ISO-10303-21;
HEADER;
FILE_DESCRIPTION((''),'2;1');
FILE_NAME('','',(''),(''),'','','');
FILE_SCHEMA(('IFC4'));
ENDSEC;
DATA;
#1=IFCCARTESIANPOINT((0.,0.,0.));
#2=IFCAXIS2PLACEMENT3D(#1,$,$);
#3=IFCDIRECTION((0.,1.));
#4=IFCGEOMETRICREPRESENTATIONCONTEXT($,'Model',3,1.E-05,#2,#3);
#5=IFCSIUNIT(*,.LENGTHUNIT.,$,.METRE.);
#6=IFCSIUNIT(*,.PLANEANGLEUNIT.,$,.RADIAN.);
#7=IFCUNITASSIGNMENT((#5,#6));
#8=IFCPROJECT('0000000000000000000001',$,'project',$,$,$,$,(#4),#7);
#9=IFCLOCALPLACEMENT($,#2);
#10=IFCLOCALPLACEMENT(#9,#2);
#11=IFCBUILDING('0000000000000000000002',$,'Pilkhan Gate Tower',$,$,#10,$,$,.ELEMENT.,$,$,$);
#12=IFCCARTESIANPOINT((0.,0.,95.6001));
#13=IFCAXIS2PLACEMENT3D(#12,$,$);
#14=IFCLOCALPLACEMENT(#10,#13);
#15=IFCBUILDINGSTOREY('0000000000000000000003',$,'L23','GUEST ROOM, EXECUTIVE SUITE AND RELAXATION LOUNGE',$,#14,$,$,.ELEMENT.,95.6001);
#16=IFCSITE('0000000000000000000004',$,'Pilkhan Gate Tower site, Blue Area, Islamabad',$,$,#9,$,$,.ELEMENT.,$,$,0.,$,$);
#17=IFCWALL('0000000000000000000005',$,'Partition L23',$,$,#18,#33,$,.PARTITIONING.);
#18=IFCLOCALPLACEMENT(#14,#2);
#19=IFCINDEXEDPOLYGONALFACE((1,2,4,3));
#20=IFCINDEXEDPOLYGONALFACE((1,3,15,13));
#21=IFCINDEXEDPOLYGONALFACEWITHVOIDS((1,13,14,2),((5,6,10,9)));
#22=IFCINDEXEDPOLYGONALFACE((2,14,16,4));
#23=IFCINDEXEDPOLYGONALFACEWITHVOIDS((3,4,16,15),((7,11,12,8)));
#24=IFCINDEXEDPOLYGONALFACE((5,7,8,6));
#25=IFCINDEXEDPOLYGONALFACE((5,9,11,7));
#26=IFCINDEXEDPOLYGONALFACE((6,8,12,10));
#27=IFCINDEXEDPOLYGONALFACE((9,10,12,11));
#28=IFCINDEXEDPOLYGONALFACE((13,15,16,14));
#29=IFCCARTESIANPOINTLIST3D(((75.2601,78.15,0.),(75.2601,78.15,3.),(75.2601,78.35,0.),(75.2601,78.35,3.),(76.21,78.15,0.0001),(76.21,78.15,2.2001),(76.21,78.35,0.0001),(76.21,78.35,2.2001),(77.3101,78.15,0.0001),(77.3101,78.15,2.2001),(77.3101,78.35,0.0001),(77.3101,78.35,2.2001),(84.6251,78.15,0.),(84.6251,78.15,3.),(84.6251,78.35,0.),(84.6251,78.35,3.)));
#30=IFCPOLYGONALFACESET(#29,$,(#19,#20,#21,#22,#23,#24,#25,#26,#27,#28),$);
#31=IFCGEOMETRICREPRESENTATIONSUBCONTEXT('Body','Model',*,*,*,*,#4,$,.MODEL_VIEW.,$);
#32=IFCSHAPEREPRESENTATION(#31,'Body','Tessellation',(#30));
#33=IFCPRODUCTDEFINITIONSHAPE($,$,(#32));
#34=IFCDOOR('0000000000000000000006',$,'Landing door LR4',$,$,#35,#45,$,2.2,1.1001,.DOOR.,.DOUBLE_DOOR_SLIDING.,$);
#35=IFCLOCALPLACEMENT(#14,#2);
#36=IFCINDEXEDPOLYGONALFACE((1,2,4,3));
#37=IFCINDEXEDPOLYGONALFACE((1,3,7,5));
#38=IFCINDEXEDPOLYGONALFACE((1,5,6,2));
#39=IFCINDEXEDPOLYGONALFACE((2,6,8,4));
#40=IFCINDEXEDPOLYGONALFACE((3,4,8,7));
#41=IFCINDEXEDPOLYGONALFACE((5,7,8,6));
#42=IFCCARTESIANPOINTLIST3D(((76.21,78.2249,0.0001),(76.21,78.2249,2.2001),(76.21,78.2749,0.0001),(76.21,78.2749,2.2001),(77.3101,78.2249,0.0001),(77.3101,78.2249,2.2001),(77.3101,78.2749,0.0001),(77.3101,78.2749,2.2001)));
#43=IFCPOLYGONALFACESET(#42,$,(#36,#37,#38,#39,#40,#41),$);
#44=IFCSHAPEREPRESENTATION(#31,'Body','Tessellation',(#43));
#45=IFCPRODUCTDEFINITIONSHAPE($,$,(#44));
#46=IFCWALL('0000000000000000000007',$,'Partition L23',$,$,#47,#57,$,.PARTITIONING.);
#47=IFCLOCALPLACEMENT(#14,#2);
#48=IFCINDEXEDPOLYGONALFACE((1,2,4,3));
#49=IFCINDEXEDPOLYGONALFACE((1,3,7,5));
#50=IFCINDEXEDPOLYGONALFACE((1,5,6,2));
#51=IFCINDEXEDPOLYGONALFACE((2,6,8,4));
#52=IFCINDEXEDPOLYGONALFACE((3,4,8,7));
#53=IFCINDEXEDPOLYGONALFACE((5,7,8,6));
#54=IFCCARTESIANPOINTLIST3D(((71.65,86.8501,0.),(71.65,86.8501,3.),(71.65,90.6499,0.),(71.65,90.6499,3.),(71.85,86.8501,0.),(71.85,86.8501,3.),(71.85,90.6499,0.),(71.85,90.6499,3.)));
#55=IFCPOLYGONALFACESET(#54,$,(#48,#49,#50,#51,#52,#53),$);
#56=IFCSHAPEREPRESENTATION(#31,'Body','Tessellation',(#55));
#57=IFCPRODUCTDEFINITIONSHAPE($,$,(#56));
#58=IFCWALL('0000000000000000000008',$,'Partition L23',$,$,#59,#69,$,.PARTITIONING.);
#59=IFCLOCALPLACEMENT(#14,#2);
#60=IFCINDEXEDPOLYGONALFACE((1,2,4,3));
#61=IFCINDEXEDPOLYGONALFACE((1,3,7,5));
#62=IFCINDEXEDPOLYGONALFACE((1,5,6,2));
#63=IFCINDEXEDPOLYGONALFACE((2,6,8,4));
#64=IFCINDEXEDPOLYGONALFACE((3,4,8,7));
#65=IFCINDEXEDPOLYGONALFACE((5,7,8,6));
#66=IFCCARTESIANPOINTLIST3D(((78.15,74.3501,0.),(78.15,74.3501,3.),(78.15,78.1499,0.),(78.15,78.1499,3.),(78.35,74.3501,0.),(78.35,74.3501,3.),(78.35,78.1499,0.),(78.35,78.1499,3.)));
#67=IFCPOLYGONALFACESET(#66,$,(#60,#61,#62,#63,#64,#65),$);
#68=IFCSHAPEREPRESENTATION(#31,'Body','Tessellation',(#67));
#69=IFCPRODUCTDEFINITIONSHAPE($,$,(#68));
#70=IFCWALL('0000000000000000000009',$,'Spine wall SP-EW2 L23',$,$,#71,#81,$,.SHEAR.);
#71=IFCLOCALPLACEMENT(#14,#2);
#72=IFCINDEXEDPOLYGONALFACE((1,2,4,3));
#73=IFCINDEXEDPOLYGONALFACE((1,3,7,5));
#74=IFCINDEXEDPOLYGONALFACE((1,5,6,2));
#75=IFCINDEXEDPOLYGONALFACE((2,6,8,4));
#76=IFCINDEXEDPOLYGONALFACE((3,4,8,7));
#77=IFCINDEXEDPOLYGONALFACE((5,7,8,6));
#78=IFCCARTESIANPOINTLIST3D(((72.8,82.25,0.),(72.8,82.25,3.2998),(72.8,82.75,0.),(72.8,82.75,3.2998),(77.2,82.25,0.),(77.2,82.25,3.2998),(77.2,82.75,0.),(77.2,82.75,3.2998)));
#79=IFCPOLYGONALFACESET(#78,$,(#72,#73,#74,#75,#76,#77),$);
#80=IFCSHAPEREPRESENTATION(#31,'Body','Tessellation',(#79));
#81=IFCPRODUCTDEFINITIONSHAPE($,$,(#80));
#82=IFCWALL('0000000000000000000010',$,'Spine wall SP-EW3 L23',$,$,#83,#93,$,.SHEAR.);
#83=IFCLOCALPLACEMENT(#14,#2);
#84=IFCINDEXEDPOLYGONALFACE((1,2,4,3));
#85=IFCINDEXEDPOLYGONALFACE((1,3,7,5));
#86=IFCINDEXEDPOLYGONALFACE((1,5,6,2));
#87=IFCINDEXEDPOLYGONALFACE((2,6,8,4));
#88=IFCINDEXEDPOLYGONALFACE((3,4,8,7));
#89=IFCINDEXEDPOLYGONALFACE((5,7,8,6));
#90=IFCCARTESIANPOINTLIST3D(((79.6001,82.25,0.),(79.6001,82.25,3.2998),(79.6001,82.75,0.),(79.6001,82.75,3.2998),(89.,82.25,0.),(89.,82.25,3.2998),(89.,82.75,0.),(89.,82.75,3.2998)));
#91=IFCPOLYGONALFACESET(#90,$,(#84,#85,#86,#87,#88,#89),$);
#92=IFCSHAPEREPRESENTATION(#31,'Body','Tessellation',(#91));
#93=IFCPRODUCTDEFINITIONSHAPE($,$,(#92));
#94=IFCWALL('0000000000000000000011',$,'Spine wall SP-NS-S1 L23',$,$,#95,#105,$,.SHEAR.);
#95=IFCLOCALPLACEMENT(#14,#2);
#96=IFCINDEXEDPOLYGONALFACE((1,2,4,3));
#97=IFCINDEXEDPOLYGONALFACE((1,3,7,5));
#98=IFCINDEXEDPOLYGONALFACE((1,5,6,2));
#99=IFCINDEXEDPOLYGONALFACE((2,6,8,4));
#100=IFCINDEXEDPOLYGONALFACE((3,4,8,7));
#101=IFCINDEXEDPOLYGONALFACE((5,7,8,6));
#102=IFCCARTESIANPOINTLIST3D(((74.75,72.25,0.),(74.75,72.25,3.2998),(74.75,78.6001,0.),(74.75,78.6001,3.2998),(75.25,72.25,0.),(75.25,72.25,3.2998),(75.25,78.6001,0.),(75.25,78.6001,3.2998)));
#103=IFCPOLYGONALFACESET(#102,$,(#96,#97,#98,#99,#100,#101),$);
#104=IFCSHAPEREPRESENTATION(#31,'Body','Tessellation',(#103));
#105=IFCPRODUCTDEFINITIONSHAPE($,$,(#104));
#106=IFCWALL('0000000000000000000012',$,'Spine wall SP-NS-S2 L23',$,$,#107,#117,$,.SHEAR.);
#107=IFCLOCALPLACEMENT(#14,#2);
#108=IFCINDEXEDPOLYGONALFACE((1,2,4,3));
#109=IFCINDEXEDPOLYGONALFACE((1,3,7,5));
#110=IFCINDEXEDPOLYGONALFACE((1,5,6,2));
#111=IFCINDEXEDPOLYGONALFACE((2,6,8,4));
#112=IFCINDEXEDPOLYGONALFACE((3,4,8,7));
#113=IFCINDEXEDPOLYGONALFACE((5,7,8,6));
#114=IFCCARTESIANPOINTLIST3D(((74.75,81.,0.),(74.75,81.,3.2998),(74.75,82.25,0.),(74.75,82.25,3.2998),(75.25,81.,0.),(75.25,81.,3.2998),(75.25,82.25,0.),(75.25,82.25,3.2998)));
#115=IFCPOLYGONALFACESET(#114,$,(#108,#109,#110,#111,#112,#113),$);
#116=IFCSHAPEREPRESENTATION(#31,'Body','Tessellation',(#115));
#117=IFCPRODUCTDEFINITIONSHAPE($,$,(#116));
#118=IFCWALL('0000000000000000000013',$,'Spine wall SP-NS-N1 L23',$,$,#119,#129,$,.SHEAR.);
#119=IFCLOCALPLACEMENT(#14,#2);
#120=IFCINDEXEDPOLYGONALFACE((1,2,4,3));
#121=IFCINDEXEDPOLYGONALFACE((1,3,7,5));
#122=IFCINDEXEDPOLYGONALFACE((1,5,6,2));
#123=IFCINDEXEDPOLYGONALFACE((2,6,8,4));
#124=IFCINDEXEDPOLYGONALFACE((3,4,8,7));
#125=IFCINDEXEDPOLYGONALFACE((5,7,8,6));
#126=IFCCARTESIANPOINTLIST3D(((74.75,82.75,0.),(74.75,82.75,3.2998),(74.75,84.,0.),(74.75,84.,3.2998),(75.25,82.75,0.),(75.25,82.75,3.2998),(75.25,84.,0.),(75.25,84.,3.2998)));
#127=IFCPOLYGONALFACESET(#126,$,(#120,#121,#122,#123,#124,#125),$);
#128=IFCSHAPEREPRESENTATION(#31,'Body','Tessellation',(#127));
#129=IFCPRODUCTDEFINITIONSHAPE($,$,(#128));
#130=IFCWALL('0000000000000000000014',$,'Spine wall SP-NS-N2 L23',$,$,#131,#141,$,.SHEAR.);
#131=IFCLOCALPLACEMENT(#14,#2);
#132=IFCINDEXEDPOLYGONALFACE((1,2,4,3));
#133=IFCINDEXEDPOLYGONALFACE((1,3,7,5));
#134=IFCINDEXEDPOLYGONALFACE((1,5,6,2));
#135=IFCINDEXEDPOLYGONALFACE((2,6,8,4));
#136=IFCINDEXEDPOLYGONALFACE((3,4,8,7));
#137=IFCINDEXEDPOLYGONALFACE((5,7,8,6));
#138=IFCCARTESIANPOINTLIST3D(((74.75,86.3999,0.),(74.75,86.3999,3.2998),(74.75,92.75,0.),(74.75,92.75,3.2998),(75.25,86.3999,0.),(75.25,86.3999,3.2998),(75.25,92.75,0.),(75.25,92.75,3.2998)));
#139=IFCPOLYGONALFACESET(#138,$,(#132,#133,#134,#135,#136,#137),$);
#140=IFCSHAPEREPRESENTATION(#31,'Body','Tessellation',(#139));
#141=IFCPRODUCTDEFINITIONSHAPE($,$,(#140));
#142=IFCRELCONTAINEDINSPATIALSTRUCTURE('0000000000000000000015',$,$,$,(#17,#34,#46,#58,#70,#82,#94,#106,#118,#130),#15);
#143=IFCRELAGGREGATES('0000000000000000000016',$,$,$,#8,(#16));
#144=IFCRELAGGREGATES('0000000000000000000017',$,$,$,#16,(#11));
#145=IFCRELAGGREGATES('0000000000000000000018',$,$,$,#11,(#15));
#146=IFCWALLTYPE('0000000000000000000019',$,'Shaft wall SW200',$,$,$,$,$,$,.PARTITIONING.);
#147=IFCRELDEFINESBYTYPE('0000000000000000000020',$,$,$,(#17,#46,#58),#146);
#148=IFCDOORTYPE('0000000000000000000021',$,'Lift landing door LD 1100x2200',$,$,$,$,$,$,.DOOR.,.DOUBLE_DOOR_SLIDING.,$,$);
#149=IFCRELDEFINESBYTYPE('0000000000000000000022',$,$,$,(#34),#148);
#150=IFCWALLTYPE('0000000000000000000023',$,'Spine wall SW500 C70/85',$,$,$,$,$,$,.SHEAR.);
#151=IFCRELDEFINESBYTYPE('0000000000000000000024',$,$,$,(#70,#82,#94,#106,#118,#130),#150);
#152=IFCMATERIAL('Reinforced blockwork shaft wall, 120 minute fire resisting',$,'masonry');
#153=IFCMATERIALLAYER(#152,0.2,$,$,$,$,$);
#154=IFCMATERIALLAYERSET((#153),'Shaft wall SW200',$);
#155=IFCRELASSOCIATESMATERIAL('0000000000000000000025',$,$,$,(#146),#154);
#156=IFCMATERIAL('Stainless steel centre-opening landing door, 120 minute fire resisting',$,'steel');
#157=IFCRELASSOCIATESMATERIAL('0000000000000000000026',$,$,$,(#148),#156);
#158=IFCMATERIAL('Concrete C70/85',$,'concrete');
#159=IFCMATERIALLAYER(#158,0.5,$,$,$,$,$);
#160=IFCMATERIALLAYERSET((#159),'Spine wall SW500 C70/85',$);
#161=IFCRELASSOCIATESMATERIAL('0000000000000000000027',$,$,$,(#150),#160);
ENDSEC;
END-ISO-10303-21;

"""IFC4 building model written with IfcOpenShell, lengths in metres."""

from ifc_helpers import new_model, si_unit, direction, frame, frame_2d, origin, place, context, subcontext, project, spatial, rectangle, extrude, material, layer, layer_set, type_object, element, fill, save


model = new_model("IFC4")

# Units and contexts
model_context = context("Model", 3, precision=1e-05, world=origin(), true_north=direction((0.0, 1.0)))
body_context = subcontext(model_context, "Body", "Model", "MODEL_VIEW")
ifc_project = project(units=[si_unit("LENGTHUNIT", "METRE"), si_unit("PLANEANGLEUNIT", "RADIAN")], contexts=[model_context])

# Site, building, storey
site_placement = place(None, origin())
site = spatial("IfcSite", under=ifc_project, at=site_placement, Name="Pilkhan Gate Tower site, Blue Area, Islamabad", CompositionType="ELEMENT", RefElevation=0.0)
building_placement = place(site_placement, origin())
building = spatial("IfcBuilding", under=site, at=building_placement, Name="Pilkhan Gate Tower", CompositionType="ELEMENT")
storey_placement = place(building_placement, frame((0.0, 0.0, 95.6001)))
storey = spatial("IfcBuildingStorey", under=building, at=storey_placement, Name="L23", Description="GUEST ROOM, EXECUTIVE SUITE AND RELAXATION LOUNGE", CompositionType="ELEMENT", Elevation=95.6001)

# Shared definitions
ifc_material_1 = material(Name="Concrete C70/85", Category="concrete")

# Shared definitions
ifc_material_2 = material(Name="Reinforced blockwork shaft wall, 120 minute fire resisting", Category="masonry")
ifc_layer_1 = layer(ifc_material_2, 0.2)
ifc_layer_set_1 = layer_set([ifc_layer_1], Name="Shaft wall SW200")
wall_type_1 = type_object("IfcWallType", Name="Shaft wall SW200", PredefinedType="PARTITIONING", material=ifc_layer_set_1)

# Wall, opening, door
wall_1_placement = place(storey_placement, frame((75.26, 78.25, 0.0), z_axis=(0.0, 0.0, 1.0), x_axis=(1.0, 0.0, 0.0)))
wall_1 = element("IfcWall", 1, at=wall_1_placement, inside=storey, type_object=wall_type_1, Name="Partition L23", PredefinedType="PARTITIONING", context=body_context, shape_type="SweptSolid", body=[
    extrude(rectangle(XDim=9.365, YDim=0.2, at=frame_2d((4.6826, 0.0))), origin(), (0.0, 0.0, 1.0), 3.0),
])
opening_1_placement = place(wall_1_placement, frame((0.95, 0.0, 0.0)))
opening_1 = element("IfcOpeningElement", 2, at=opening_1_placement, cuts=wall_1, PredefinedType="OPENING", context=body_context, shape_type="SweptSolid", body=[
    extrude(rectangle(XDim=1.1001, YDim=2.2, at=frame_2d((0.55, 1.1001))), frame((0.0, 0.1099, 0.0), z_axis=(0.0, -1.0, 0.0), x_axis=(1.0, 0.0, 0.0)), (0.0, 0.0, 1.0), 0.22),
])
ifc_material_3 = material(Name="Stainless steel centre-opening landing door, 120 minute fire resisting", Category="steel")
door_type_1 = type_object("IfcDoorType", Name="Lift landing door LD 1100x2200", OperationType="DOUBLE_DOOR_SLIDING", PredefinedType="DOOR", material=ifc_material_3)
door_1_placement = place(opening_1_placement, origin())
door_1 = element("IfcDoor", 3, at=door_1_placement, inside=storey, type_object=door_type_1, Name="Landing door LR4", OperationType="DOUBLE_DOOR_SLIDING", OverallHeight=2.2, OverallWidth=1.1001, PredefinedType="DOOR", context=body_context, shape_type="SweptSolid", body=[
    extrude(rectangle(XDim=1.1001, YDim=2.2, at=frame_2d((0.55, 1.1001))), frame((0.0, 0.0249, 0.0), z_axis=(0.0, -1.0, 0.0), x_axis=(1.0, 0.0, 0.0)), (0.0, 0.0, 1.0), 0.05),
])
fill(opening_1, door_1)

# Walls
for number, where, z_axis, x_axis, name in (
    (4, (71.75, 86.8501, 0.0), (0.0, 0.0, 1.0), (0.0, 1.0, 0.0), "Partition L23"),
    (5, (78.25, 74.3501, 0.0), (0.0, 0.0, 1.0), (0.0, 1.0, 0.0), "Partition L23"),
):
    element("IfcWall", number, at=place(storey_placement, frame(where, z_axis=z_axis, x_axis=x_axis)), inside=storey, type_object=wall_type_1, Name=name, PredefinedType="PARTITIONING", context=body_context, shape_type="SweptSolid", body=[
        extrude(rectangle(XDim=3.7998, YDim=0.2, at=frame_2d((1.8999, 0.0))), origin(), (0.0, 0.0, 1.0), 3.0),
    ])
ifc_layer_2 = layer(ifc_material_1, 0.5)
ifc_layer_set_2 = layer_set([ifc_layer_2], Name="Spine wall SW500 C70/85")
wall_type_2 = type_object("IfcWallType", Name="Spine wall SW500 C70/85", PredefinedType="SHEAR", material=ifc_layer_set_2)
wall_2_placement = place(storey_placement, frame((72.8, 82.5, 0.0), z_axis=(0.0, 0.0, 1.0), x_axis=(1.0, 0.0, 0.0)))
element("IfcWall", 6, at=wall_2_placement, inside=storey, type_object=wall_type_2, Name="Spine wall SP-EW2 L23", PredefinedType="SHEAR", context=body_context, shape_type="SweptSolid", body=[
    extrude(rectangle(XDim=4.3999, YDim=0.5, at=frame_2d((2.2, 0.0))), origin(), (0.0, 0.0, 1.0), 3.2998),
])
wall_3_placement = place(storey_placement, frame((79.6001, 82.5, 0.0), z_axis=(0.0, 0.0, 1.0), x_axis=(1.0, 0.0, 0.0)))
element("IfcWall", 7, at=wall_3_placement, inside=storey, type_object=wall_type_2, Name="Spine wall SP-EW3 L23", PredefinedType="SHEAR", context=body_context, shape_type="SweptSolid", body=[
    extrude(rectangle(XDim=9.3999, YDim=0.5, at=frame_2d((4.7, 0.0))), origin(), (0.0, 0.0, 1.0), 3.2998),
])
wall_4_placement = place(storey_placement, frame((75.0, 72.25, 0.0), z_axis=(0.0, 0.0, 1.0), x_axis=(0.0, 1.0, 0.0)))
element("IfcWall", 8, at=wall_4_placement, inside=storey, type_object=wall_type_2, Name="Spine wall SP-NS-S1 L23", PredefinedType="SHEAR", context=body_context, shape_type="SweptSolid", body=[
    extrude(rectangle(XDim=6.3501, YDim=0.5, at=frame_2d((3.175, 0.0))), origin(), (0.0, 0.0, 1.0), 3.2998),
])
for number, where, z_axis, x_axis, name in (
    (9, (75.0, 81.0, 0.0), (0.0, 0.0, 1.0), (0.0, 1.0, 0.0), "Spine wall SP-NS-S2 L23"),
    (10, (75.0, 82.75, 0.0), (0.0, 0.0, 1.0), (0.0, 1.0, 0.0), "Spine wall SP-NS-N1 L23"),
):
    element("IfcWall", number, at=place(storey_placement, frame(where, z_axis=z_axis, x_axis=x_axis)), inside=storey, type_object=wall_type_2, Name=name, PredefinedType="SHEAR", context=body_context, shape_type="SweptSolid", body=[
        extrude(rectangle(XDim=1.25, YDim=0.5, at=frame_2d((0.625, 0.0))), origin(), (0.0, 0.0, 1.0), 3.2998),
    ])
wall_5_placement = place(storey_placement, frame((75.0, 86.3999, 0.0), z_axis=(0.0, 0.0, 1.0), x_axis=(0.0, 1.0, 0.0)))
element("IfcWall", 11, at=wall_5_placement, inside=storey, type_object=wall_type_2, Name="Spine wall SP-NS-N2 L23", PredefinedType="SHEAR", context=body_context, shape_type="SweptSolid", body=[
    extrude(rectangle(XDim=6.3501, YDim=0.5, at=frame_2d((3.175, 0.0))), origin(), (0.0, 0.0, 1.0), 3.2998),
])

save(model, "model.ifc")
